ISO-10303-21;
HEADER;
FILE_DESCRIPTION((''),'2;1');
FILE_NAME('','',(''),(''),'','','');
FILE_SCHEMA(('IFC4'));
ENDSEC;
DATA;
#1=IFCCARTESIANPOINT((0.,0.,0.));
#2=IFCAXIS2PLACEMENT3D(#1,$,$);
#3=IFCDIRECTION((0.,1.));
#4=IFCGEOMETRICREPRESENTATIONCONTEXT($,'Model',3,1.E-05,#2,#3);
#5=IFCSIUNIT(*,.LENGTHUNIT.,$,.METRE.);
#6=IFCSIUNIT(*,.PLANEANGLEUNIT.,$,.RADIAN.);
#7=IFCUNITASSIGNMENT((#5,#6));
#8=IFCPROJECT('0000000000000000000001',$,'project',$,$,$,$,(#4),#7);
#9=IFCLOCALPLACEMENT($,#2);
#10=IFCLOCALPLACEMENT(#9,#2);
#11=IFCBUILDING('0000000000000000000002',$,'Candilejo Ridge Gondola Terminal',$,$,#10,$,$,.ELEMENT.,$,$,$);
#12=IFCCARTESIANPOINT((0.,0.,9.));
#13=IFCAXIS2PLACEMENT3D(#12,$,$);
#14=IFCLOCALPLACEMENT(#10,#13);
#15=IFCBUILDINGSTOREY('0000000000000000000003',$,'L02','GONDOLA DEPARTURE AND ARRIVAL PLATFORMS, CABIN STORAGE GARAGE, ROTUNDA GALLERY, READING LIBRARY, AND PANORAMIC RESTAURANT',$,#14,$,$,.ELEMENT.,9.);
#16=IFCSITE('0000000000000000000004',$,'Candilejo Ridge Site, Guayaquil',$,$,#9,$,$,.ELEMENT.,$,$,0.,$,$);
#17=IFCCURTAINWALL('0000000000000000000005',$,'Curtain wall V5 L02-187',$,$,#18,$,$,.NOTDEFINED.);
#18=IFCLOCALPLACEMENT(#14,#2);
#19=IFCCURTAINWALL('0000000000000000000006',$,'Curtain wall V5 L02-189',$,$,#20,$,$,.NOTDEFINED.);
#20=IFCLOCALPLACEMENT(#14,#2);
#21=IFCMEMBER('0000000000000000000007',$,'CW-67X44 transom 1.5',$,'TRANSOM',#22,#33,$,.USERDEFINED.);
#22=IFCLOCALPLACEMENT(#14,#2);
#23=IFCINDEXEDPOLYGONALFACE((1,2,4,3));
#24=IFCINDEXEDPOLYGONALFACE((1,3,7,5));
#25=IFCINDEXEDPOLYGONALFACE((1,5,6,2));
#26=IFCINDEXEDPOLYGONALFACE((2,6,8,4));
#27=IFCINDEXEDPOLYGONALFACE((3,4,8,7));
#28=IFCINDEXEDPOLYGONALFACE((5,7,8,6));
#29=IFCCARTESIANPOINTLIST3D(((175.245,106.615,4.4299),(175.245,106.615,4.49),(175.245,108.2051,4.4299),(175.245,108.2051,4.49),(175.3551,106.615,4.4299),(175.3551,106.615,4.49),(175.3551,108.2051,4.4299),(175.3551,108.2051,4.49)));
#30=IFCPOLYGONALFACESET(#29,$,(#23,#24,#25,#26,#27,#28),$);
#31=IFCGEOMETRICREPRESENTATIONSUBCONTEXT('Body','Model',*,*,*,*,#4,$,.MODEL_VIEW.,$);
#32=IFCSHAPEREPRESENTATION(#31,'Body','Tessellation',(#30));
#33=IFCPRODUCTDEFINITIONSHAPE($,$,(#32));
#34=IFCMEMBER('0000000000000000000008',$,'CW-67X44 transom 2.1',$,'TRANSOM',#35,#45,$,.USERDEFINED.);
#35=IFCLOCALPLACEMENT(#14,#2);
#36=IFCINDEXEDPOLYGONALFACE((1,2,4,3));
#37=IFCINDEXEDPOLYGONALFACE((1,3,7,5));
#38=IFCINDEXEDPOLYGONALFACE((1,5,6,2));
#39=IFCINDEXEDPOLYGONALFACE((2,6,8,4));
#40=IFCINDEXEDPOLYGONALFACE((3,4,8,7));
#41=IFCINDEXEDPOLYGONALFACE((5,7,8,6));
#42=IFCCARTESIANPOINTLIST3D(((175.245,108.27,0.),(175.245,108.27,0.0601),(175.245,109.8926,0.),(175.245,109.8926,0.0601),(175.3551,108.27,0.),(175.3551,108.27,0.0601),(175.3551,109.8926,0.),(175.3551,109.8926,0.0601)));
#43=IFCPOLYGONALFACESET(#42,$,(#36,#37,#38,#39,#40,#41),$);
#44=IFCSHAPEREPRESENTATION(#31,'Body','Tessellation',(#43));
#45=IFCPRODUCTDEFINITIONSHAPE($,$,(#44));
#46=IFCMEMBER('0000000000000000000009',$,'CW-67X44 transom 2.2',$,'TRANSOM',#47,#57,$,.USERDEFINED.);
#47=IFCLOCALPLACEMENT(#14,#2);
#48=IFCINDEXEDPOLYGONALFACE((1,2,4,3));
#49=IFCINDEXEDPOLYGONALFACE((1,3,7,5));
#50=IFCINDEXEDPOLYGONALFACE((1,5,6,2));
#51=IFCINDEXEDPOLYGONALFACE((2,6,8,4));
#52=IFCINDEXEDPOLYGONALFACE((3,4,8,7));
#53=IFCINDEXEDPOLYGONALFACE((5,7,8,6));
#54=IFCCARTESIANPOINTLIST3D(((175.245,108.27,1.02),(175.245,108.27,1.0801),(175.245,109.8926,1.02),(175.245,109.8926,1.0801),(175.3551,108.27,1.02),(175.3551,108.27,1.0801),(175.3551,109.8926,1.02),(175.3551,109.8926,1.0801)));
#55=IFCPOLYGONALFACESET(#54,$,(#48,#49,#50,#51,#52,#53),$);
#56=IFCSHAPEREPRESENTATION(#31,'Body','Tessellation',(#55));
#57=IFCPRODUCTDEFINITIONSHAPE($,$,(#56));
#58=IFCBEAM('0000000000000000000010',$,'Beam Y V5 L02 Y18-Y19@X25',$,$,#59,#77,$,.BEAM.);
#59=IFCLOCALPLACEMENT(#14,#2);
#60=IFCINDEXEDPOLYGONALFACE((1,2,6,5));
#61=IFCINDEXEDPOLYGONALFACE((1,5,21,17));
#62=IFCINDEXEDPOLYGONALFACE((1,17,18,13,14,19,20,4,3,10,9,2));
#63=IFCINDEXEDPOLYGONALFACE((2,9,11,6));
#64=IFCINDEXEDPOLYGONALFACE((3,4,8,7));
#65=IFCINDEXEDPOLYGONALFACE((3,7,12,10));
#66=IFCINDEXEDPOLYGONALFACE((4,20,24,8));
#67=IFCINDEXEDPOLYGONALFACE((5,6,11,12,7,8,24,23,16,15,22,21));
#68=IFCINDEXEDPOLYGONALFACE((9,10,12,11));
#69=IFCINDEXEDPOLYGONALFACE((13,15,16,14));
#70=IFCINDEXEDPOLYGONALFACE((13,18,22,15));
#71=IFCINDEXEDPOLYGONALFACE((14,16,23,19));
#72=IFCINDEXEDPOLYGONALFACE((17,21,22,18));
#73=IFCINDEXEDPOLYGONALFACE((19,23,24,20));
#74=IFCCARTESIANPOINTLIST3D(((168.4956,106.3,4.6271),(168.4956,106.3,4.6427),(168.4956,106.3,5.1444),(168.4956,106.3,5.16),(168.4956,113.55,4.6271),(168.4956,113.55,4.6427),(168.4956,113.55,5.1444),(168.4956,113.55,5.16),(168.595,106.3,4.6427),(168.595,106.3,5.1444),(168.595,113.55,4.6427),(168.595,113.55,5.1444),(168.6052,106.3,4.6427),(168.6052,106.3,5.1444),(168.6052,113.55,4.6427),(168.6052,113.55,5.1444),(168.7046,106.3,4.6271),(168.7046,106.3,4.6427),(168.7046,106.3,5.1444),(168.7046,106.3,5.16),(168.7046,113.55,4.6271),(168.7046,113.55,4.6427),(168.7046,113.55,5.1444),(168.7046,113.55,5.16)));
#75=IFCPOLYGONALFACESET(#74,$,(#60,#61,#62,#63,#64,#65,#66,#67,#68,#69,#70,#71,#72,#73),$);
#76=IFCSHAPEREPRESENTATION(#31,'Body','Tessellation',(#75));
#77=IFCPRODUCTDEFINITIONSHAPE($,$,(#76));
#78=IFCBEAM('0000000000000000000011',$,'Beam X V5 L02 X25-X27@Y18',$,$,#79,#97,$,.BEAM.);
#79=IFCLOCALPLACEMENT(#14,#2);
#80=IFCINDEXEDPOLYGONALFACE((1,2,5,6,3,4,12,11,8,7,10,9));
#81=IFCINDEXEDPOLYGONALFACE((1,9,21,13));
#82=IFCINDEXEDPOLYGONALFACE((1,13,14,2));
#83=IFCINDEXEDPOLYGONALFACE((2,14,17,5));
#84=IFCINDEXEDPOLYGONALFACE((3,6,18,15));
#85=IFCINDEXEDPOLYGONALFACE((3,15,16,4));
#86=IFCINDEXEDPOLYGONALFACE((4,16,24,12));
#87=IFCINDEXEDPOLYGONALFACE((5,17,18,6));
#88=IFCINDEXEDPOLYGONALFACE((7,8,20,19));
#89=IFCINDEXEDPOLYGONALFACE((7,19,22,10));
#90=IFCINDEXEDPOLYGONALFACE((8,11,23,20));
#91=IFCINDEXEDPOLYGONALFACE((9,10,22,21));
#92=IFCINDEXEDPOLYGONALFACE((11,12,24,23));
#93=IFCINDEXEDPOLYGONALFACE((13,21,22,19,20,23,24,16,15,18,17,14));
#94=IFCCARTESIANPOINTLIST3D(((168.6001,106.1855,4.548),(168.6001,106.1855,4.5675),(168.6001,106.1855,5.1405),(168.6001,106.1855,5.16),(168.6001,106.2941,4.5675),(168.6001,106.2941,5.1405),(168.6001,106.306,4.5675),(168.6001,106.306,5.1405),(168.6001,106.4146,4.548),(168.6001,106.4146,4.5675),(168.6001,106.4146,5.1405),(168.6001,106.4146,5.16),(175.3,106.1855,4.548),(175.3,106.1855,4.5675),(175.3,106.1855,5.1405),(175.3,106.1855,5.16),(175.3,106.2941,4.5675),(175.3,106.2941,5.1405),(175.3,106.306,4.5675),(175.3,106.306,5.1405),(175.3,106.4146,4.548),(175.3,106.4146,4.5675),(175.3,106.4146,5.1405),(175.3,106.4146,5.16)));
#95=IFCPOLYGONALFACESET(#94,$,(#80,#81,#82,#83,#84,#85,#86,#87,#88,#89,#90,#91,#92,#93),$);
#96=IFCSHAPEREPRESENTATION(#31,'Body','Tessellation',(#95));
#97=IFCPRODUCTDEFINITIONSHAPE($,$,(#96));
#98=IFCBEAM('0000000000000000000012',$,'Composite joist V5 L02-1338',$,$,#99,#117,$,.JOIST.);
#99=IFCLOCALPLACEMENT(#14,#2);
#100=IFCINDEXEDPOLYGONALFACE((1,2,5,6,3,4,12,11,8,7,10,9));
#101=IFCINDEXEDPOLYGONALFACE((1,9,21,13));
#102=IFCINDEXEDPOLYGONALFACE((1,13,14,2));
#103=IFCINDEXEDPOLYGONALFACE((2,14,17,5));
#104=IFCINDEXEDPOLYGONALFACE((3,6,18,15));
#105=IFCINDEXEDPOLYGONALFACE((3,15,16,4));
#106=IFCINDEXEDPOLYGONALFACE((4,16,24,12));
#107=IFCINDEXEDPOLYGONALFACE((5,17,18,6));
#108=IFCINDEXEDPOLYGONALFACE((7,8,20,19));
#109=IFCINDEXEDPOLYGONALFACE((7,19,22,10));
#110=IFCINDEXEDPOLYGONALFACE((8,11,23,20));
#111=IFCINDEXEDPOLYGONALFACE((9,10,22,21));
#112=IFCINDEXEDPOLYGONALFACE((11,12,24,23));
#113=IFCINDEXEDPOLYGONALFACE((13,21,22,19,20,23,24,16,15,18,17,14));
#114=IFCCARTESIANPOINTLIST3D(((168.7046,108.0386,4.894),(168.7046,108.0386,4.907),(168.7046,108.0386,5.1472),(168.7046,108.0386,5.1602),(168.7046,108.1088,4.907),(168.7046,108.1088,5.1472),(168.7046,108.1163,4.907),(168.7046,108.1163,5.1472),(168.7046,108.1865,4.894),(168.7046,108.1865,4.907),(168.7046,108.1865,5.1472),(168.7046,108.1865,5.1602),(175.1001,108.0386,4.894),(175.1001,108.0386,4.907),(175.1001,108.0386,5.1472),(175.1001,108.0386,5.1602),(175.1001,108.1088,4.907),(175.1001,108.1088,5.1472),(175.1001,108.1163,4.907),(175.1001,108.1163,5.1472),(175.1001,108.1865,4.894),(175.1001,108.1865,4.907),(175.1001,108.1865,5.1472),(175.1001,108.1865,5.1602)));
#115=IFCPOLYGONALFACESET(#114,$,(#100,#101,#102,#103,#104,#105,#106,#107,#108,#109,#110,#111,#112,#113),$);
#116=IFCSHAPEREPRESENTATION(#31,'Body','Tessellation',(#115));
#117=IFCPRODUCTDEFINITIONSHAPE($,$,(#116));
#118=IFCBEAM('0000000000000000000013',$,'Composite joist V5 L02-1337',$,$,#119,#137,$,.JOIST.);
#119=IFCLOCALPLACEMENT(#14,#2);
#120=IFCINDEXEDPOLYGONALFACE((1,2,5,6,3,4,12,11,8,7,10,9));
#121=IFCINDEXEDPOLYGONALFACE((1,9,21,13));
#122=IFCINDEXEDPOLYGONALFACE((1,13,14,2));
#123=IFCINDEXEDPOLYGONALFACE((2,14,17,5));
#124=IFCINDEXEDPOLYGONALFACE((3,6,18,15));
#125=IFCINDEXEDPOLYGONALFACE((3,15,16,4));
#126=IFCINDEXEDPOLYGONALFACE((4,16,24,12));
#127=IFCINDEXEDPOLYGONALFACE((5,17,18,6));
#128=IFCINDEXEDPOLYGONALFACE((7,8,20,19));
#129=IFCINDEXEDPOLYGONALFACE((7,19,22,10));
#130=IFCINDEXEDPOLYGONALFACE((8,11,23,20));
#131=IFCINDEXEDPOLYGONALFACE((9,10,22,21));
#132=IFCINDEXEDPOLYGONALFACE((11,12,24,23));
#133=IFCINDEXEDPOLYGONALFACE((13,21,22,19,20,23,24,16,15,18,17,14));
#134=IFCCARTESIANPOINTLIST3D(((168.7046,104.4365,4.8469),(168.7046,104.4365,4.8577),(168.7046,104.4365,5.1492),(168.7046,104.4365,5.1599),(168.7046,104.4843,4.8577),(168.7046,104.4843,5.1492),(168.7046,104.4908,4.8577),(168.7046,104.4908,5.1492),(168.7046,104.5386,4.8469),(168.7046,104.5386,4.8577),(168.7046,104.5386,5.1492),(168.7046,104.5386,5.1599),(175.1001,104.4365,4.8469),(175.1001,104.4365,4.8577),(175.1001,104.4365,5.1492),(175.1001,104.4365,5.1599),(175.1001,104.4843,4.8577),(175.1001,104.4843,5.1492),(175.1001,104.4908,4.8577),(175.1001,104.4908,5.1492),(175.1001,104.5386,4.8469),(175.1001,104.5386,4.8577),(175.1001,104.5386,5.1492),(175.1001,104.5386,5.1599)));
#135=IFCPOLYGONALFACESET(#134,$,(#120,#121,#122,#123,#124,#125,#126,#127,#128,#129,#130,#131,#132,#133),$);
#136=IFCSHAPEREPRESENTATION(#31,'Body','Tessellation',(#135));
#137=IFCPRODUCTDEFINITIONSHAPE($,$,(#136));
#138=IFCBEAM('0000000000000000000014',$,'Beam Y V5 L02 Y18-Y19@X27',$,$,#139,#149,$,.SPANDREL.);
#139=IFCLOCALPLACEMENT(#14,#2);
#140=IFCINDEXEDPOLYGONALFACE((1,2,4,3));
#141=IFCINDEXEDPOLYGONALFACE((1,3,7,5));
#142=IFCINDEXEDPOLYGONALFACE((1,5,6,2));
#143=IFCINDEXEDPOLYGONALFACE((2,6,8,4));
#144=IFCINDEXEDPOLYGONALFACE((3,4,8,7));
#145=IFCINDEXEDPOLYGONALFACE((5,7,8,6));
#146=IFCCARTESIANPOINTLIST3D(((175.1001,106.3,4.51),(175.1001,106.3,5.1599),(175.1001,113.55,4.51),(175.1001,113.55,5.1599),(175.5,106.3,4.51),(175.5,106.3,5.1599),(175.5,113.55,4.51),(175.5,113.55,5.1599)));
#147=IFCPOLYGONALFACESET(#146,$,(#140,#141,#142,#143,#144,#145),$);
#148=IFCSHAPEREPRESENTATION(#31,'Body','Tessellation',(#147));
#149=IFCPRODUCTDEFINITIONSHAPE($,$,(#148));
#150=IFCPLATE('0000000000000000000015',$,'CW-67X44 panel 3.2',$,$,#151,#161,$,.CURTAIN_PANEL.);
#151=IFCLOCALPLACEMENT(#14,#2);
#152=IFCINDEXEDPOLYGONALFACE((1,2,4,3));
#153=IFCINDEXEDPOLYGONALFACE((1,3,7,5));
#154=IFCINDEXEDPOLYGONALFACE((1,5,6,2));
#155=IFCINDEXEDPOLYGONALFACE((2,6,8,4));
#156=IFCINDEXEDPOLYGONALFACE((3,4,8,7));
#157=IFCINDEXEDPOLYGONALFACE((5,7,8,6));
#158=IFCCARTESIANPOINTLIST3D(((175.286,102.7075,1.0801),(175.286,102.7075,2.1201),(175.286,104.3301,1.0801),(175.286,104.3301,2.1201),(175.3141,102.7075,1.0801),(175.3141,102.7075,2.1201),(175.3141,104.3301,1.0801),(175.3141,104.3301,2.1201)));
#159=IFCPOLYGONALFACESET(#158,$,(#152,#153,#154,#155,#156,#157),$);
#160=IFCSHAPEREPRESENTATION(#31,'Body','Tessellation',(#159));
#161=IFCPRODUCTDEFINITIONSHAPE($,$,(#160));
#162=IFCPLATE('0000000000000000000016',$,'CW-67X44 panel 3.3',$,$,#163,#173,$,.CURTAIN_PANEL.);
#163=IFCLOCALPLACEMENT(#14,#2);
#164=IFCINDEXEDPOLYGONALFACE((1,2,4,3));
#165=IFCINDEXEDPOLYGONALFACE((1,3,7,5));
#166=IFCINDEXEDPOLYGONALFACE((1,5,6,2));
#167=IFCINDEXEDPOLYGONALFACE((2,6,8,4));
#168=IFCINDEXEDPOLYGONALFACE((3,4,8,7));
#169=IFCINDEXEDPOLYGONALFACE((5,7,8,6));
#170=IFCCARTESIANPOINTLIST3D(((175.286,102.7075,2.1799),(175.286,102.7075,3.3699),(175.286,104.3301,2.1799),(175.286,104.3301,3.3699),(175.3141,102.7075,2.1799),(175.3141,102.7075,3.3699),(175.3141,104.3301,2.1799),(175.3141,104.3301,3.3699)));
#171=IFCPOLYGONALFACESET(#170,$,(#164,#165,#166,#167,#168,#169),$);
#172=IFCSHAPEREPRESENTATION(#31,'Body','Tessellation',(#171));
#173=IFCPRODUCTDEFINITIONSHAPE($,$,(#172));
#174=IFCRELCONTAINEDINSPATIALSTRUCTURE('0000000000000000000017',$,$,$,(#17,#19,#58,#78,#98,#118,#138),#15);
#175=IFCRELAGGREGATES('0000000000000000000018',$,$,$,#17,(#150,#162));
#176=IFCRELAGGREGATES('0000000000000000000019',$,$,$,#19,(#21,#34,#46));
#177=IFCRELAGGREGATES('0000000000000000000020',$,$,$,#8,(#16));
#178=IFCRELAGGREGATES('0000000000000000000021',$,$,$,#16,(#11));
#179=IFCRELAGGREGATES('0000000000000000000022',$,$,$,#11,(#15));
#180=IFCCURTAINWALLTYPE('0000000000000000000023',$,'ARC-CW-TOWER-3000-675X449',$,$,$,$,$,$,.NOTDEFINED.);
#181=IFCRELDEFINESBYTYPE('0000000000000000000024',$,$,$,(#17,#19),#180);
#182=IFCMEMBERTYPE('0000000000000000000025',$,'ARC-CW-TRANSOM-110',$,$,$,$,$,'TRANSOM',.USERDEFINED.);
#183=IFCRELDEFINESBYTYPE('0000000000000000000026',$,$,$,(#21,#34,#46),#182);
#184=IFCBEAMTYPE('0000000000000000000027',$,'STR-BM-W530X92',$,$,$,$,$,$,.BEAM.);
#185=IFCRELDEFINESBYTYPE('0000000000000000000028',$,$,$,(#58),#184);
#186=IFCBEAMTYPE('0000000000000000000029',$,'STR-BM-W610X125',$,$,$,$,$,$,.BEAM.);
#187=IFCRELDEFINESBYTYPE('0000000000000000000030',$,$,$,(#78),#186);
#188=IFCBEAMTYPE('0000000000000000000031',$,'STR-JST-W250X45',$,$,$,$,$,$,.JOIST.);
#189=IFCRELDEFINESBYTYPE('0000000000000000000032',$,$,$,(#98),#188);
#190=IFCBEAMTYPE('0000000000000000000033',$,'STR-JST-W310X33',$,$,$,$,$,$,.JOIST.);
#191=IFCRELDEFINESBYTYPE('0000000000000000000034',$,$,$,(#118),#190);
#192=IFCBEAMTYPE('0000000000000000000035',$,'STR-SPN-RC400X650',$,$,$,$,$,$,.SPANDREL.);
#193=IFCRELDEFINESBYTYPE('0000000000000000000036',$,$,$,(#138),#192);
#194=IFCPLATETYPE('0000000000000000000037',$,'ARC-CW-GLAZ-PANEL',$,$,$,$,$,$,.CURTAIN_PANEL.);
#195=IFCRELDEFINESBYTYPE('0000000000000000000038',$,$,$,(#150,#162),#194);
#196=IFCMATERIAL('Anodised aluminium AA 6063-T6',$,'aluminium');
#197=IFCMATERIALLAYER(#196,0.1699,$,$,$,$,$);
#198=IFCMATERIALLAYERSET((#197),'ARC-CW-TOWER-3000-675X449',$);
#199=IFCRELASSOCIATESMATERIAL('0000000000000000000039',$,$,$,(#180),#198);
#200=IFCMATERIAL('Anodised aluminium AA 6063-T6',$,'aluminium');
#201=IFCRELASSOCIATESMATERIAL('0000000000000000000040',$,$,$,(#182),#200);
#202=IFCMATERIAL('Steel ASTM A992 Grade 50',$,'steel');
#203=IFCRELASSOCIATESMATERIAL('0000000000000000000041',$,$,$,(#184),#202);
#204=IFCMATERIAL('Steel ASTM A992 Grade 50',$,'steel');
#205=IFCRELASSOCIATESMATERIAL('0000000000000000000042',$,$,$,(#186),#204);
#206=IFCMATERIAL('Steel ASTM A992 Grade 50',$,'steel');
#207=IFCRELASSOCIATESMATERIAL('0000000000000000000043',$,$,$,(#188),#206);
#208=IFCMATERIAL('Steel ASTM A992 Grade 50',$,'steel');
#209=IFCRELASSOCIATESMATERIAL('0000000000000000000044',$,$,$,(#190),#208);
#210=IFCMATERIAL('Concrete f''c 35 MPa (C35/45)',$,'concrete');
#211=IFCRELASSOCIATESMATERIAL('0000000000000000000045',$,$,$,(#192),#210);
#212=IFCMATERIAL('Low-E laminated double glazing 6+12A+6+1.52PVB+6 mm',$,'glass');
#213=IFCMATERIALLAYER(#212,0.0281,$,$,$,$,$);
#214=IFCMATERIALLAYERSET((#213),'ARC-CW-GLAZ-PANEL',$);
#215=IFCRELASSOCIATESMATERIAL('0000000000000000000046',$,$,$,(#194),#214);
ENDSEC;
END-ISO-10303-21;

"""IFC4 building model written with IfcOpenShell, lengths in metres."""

from ifc_helpers import new_model, si_unit, direction, frame, origin, origin_2d, place, context, subcontext, project, spatial, rectangle, i_section, extrude, material, layer, layer_set, material_profile, profile_set, type_object, element, aggregate, save


model = new_model("IFC4")

# Units and contexts
model_context = context("Model", 3, precision=1e-05, world=origin(), true_north=direction((0.0, 1.0)))
body_context = subcontext(model_context, "Body", "Model", "MODEL_VIEW")
ifc_project = project(units=[si_unit("LENGTHUNIT", "METRE"), si_unit("PLANEANGLEUNIT", "RADIAN")], contexts=[model_context])

# Site, building, storey
site_placement = place(None, origin())
site = spatial("IfcSite", under=ifc_project, at=site_placement, Name="Candilejo Ridge Site, Guayaquil", CompositionType="ELEMENT", RefElevation=0.0)
building_placement = place(site_placement, origin())
building = spatial("IfcBuilding", under=site, at=building_placement, Name="Candilejo Ridge Gondola Terminal", CompositionType="ELEMENT")
storey_placement = place(building_placement, frame((0.0, 0.0, 9.0)))
storey = spatial("IfcBuildingStorey", under=building, at=storey_placement, Name="L02", Description="GONDOLA DEPARTURE AND ARRIVAL PLATFORMS, CABIN STORAGE GARAGE, ROTUNDA GALLERY, READING LIBRARY, AND PANORAMIC RESTAURANT", CompositionType="ELEMENT", Elevation=9.0)

# Curtain walls
ifc_material_1 = material(Name="Anodised aluminium AA 6063-T6", Category="aluminium")
ifc_layer_1 = layer(ifc_material_1, 0.1699)
ifc_layer_set_1 = layer_set([ifc_layer_1], Name="ARC-CW-TOWER-3000-675X449")
curtain_wall_type = type_object("IfcCurtainWallType", Name="ARC-CW-TOWER-3000-675X449", PredefinedType="NOTDEFINED", material=ifc_layer_set_1)
curtain_wall_1_placement = place(storey_placement, origin())
curtain_wall_1 = element("IfcCurtainWall", 1, at=curtain_wall_1_placement, inside=storey, type_object=curtain_wall_type, Name="Curtain wall V5 L02-187", PredefinedType="NOTDEFINED")
curtain_wall_2_placement = place(storey_placement, origin())
curtain_wall_2 = element("IfcCurtainWall", 2, at=curtain_wall_2_placement, inside=storey, type_object=curtain_wall_type, Name="Curtain wall V5 L02-189", PredefinedType="NOTDEFINED")

# Members
ifc_material_2 = material(Name="Anodised aluminium AA 6063-T6", Category="aluminium")
ifc_material_profile_1 = material_profile(ifc_material_2, rectangle(XDim=0.1101, YDim=0.0601, at=origin_2d()))
ifc_profile_set_1 = profile_set([ifc_material_profile_1], Name="Anodised aluminium AA 6063-T6")
member_type_1 = type_object("IfcMemberType", Name="ARC-CW-TRANSOM-110", ElementType="TRANSOM", PredefinedType="USERDEFINED", material=ifc_profile_set_1)
member_1_placement = place(storey_placement, frame((175.3, 106.615, 4.46), z_axis=(0.0, 1.0, 0.0), x_axis=(-1.0, 0.0, 0.0)))
member_1 = element("IfcMember", 3, at=member_1_placement, type_object=member_type_1, Name="CW-67X44 transom 1.5", ObjectType="TRANSOM", PredefinedType="USERDEFINED", context=body_context, shape_type="SweptSolid", body=[
    extrude(rectangle(XDim=0.1101, YDim=0.0601, at=origin_2d()), origin(), (0.0, 0.0, 1.0), 1.5901),
])
member_2_placement = place(storey_placement, frame((175.3, 108.27, 0.03), z_axis=(0.0, 1.0, 0.0), x_axis=(-1.0, 0.0, 0.0)))
member_2 = element("IfcMember", 4, at=member_2_placement, type_object=member_type_1, Name="CW-67X44 transom 2.1", ObjectType="TRANSOM", PredefinedType="USERDEFINED", context=body_context, shape_type="SweptSolid", body=[
    extrude(rectangle(XDim=0.1101, YDim=0.0601, at=origin_2d()), origin(), (0.0, 0.0, 1.0), 1.6226),
])
member_3_placement = place(storey_placement, frame((175.3, 108.27, 1.05), z_axis=(0.0, 1.0, 0.0), x_axis=(-1.0, 0.0, 0.0)))
member_3 = element("IfcMember", 5, at=member_3_placement, type_object=member_type_1, Name="CW-67X44 transom 2.2", ObjectType="TRANSOM", PredefinedType="USERDEFINED", context=body_context, shape_type="SweptSolid", body=[
    extrude(rectangle(XDim=0.1101, YDim=0.0601, at=origin_2d()), origin(), (0.0, 0.0, 1.0), 1.6226),
])

# Beams
ifc_material_3 = material(Name="Steel ASTM A992 Grade 50", Category="steel")
ifc_material_profile_2 = material_profile(ifc_material_3, i_section(OverallWidth=0.209, OverallDepth=0.533, WebThickness=0.0103, FlangeThickness=0.0156, at=origin_2d()))
ifc_profile_set_2 = profile_set([ifc_material_profile_2], Name="Steel ASTM A992 Grade 50")
beam_type_1 = type_object("IfcBeamType", Name="STR-BM-W530X92", PredefinedType="BEAM", material=ifc_profile_set_2)
beam_1_placement = place(storey_placement, frame((168.6001, 106.3, 4.8936), z_axis=(0.0, 1.0, 0.0), x_axis=(-1.0, 0.0, 0.0)))
element("IfcBeam", 6, at=beam_1_placement, inside=storey, type_object=beam_type_1, Name="Beam Y V5 L02 Y18-Y19@X25", PredefinedType="BEAM", context=body_context, shape_type="SweptSolid", body=[
    extrude(i_section(OverallWidth=0.209, OverallDepth=0.533, WebThickness=0.0103, FlangeThickness=0.0156, at=origin_2d()), origin(), (0.0, 0.0, 1.0), 7.25),
])
ifc_material_4 = material(Name="Steel ASTM A992 Grade 50", Category="steel")
ifc_material_profile_3 = material_profile(ifc_material_4, i_section(OverallWidth=0.229, OverallDepth=0.6121, WebThickness=0.012, FlangeThickness=0.0195, at=origin_2d()))
ifc_profile_set_3 = profile_set([ifc_material_profile_3], Name="Steel ASTM A992 Grade 50")
beam_type_2 = type_object("IfcBeamType", Name="STR-BM-W610X125", PredefinedType="BEAM", material=ifc_profile_set_3)
beam_2_placement = place(storey_placement, frame((168.6001, 106.3, 4.854), z_axis=(1.0, 0.0, 0.0), x_axis=(0.0, 1.0, 0.0)))
element("IfcBeam", 7, at=beam_2_placement, inside=storey, type_object=beam_type_2, Name="Beam X V5 L02 X25-X27@Y18", PredefinedType="BEAM", context=body_context, shape_type="SweptSolid", body=[
    extrude(i_section(OverallWidth=0.229, OverallDepth=0.6121, WebThickness=0.012, FlangeThickness=0.0195, at=origin_2d()), origin(), (0.0, 0.0, 1.0), 6.7),
])
ifc_material_5 = material(Name="Steel ASTM A992 Grade 50", Category="steel")
ifc_material_profile_4 = material_profile(ifc_material_5, i_section(OverallWidth=0.1479, OverallDepth=0.2661, WebThickness=0.0076, FlangeThickness=0.0129, at=origin_2d()))
ifc_profile_set_4 = profile_set([ifc_material_profile_4], Name="Steel ASTM A992 Grade 50")
beam_type_3 = type_object("IfcBeamType", Name="STR-JST-W250X45", PredefinedType="JOIST", material=ifc_profile_set_4)
beam_3_placement = place(storey_placement, frame((168.7046, 108.1125, 5.0271), z_axis=(1.0, 0.0, 0.0), x_axis=(0.0, 1.0, 0.0)))
element("IfcBeam", 8, at=beam_3_placement, inside=storey, type_object=beam_type_3, Name="Composite joist V5 L02-1338", PredefinedType="JOIST", context=body_context, shape_type="SweptSolid", body=[
    extrude(i_section(OverallWidth=0.1479, OverallDepth=0.2661, WebThickness=0.0076, FlangeThickness=0.0129, at=origin_2d()), origin(), (0.0, 0.0, 1.0), 6.3955),
])
ifc_material_6 = material(Name="Steel ASTM A992 Grade 50", Category="steel")
ifc_material_profile_5 = material_profile(ifc_material_6, i_section(OverallWidth=0.1021, OverallDepth=0.313, WebThickness=0.0066, FlangeThickness=0.0107, at=origin_2d()))
ifc_profile_set_5 = profile_set([ifc_material_profile_5], Name="Steel ASTM A992 Grade 50")
beam_type_4 = type_object("IfcBeamType", Name="STR-JST-W310X33", PredefinedType="JOIST", material=ifc_profile_set_5)
beam_4_placement = place(storey_placement, frame((168.7046, 104.4875, 5.0034), z_axis=(1.0, 0.0, 0.0), x_axis=(0.0, 1.0, 0.0)))
element("IfcBeam", 9, at=beam_4_placement, inside=storey, type_object=beam_type_4, Name="Composite joist V5 L02-1337", PredefinedType="JOIST", context=body_context, shape_type="SweptSolid", body=[
    extrude(i_section(OverallWidth=0.1021, OverallDepth=0.313, WebThickness=0.0066, FlangeThickness=0.0107, at=origin_2d()), origin(), (0.0, 0.0, 1.0), 6.3955),
])
ifc_material_7 = material(Name="Concrete f'c 35 MPa (C35/45)", Category="concrete")
ifc_material_profile_6 = material_profile(ifc_material_7, rectangle(XDim=0.3999, YDim=0.6499, at=origin_2d()))
ifc_profile_set_6 = profile_set([ifc_material_profile_6], Name="Concrete f'c 35 MPa (C35/45)")
beam_type_5 = type_object("IfcBeamType", Name="STR-SPN-RC400X650", PredefinedType="SPANDREL", material=ifc_profile_set_6)
beam_5_placement = place(storey_placement, frame((175.3, 106.3, 4.835), z_axis=(0.0, 1.0, 0.0), x_axis=(-1.0, 0.0, 0.0)))
element("IfcBeam", 10, at=beam_5_placement, inside=storey, type_object=beam_type_5, Name="Beam Y V5 L02 Y18-Y19@X27", PredefinedType="SPANDREL", context=body_context, shape_type="SweptSolid", body=[
    extrude(rectangle(XDim=0.3999, YDim=0.6499, at=origin_2d()), origin(), (0.0, 0.0, 1.0), 7.25),
])

# Plates
ifc_material_8 = material(Name="Low-E laminated double glazing 6+12A+6+1.52PVB+6 mm", Category="glass")
ifc_layer_2 = layer(ifc_material_8, 0.0281)
ifc_layer_set_2 = layer_set([ifc_layer_2], Name="ARC-CW-GLAZ-PANEL")
plate_type = type_object("IfcPlateType", Name="ARC-CW-GLAZ-PANEL", PredefinedType="CURTAIN_PANEL", material=ifc_layer_set_2)
plate_1_placement = place(storey_placement, frame((175.3, 103.5188, 1.0801), z_axis=(0.0, 0.0, 1.0), x_axis=(0.0, 1.0, 0.0)))
plate_1 = element("IfcPlate", 11, at=plate_1_placement, type_object=plate_type, Name="CW-67X44 panel 3.2", PredefinedType="CURTAIN_PANEL", context=body_context, shape_type="SweptSolid", body=[
    extrude(rectangle(XDim=1.6226, YDim=0.0281, at=origin_2d()), origin(), (0.0, 0.0, 1.0), 1.04),
])
plate_2_placement = place(storey_placement, frame((175.3, 103.5188, 2.1799), z_axis=(0.0, 0.0, 1.0), x_axis=(0.0, 1.0, 0.0)))
plate_2 = element("IfcPlate", 12, at=plate_2_placement, type_object=plate_type, Name="CW-67X44 panel 3.3", PredefinedType="CURTAIN_PANEL", context=body_context, shape_type="SweptSolid", body=[
    extrude(rectangle(XDim=1.6226, YDim=0.0281, at=origin_2d()), origin(), (0.0, 0.0, 1.0), 1.1899),
])
aggregate(curtain_wall_1, [plate_1, plate_2])
aggregate(curtain_wall_2, [member_1, member_2, member_3])

save(model, "model.ifc")
